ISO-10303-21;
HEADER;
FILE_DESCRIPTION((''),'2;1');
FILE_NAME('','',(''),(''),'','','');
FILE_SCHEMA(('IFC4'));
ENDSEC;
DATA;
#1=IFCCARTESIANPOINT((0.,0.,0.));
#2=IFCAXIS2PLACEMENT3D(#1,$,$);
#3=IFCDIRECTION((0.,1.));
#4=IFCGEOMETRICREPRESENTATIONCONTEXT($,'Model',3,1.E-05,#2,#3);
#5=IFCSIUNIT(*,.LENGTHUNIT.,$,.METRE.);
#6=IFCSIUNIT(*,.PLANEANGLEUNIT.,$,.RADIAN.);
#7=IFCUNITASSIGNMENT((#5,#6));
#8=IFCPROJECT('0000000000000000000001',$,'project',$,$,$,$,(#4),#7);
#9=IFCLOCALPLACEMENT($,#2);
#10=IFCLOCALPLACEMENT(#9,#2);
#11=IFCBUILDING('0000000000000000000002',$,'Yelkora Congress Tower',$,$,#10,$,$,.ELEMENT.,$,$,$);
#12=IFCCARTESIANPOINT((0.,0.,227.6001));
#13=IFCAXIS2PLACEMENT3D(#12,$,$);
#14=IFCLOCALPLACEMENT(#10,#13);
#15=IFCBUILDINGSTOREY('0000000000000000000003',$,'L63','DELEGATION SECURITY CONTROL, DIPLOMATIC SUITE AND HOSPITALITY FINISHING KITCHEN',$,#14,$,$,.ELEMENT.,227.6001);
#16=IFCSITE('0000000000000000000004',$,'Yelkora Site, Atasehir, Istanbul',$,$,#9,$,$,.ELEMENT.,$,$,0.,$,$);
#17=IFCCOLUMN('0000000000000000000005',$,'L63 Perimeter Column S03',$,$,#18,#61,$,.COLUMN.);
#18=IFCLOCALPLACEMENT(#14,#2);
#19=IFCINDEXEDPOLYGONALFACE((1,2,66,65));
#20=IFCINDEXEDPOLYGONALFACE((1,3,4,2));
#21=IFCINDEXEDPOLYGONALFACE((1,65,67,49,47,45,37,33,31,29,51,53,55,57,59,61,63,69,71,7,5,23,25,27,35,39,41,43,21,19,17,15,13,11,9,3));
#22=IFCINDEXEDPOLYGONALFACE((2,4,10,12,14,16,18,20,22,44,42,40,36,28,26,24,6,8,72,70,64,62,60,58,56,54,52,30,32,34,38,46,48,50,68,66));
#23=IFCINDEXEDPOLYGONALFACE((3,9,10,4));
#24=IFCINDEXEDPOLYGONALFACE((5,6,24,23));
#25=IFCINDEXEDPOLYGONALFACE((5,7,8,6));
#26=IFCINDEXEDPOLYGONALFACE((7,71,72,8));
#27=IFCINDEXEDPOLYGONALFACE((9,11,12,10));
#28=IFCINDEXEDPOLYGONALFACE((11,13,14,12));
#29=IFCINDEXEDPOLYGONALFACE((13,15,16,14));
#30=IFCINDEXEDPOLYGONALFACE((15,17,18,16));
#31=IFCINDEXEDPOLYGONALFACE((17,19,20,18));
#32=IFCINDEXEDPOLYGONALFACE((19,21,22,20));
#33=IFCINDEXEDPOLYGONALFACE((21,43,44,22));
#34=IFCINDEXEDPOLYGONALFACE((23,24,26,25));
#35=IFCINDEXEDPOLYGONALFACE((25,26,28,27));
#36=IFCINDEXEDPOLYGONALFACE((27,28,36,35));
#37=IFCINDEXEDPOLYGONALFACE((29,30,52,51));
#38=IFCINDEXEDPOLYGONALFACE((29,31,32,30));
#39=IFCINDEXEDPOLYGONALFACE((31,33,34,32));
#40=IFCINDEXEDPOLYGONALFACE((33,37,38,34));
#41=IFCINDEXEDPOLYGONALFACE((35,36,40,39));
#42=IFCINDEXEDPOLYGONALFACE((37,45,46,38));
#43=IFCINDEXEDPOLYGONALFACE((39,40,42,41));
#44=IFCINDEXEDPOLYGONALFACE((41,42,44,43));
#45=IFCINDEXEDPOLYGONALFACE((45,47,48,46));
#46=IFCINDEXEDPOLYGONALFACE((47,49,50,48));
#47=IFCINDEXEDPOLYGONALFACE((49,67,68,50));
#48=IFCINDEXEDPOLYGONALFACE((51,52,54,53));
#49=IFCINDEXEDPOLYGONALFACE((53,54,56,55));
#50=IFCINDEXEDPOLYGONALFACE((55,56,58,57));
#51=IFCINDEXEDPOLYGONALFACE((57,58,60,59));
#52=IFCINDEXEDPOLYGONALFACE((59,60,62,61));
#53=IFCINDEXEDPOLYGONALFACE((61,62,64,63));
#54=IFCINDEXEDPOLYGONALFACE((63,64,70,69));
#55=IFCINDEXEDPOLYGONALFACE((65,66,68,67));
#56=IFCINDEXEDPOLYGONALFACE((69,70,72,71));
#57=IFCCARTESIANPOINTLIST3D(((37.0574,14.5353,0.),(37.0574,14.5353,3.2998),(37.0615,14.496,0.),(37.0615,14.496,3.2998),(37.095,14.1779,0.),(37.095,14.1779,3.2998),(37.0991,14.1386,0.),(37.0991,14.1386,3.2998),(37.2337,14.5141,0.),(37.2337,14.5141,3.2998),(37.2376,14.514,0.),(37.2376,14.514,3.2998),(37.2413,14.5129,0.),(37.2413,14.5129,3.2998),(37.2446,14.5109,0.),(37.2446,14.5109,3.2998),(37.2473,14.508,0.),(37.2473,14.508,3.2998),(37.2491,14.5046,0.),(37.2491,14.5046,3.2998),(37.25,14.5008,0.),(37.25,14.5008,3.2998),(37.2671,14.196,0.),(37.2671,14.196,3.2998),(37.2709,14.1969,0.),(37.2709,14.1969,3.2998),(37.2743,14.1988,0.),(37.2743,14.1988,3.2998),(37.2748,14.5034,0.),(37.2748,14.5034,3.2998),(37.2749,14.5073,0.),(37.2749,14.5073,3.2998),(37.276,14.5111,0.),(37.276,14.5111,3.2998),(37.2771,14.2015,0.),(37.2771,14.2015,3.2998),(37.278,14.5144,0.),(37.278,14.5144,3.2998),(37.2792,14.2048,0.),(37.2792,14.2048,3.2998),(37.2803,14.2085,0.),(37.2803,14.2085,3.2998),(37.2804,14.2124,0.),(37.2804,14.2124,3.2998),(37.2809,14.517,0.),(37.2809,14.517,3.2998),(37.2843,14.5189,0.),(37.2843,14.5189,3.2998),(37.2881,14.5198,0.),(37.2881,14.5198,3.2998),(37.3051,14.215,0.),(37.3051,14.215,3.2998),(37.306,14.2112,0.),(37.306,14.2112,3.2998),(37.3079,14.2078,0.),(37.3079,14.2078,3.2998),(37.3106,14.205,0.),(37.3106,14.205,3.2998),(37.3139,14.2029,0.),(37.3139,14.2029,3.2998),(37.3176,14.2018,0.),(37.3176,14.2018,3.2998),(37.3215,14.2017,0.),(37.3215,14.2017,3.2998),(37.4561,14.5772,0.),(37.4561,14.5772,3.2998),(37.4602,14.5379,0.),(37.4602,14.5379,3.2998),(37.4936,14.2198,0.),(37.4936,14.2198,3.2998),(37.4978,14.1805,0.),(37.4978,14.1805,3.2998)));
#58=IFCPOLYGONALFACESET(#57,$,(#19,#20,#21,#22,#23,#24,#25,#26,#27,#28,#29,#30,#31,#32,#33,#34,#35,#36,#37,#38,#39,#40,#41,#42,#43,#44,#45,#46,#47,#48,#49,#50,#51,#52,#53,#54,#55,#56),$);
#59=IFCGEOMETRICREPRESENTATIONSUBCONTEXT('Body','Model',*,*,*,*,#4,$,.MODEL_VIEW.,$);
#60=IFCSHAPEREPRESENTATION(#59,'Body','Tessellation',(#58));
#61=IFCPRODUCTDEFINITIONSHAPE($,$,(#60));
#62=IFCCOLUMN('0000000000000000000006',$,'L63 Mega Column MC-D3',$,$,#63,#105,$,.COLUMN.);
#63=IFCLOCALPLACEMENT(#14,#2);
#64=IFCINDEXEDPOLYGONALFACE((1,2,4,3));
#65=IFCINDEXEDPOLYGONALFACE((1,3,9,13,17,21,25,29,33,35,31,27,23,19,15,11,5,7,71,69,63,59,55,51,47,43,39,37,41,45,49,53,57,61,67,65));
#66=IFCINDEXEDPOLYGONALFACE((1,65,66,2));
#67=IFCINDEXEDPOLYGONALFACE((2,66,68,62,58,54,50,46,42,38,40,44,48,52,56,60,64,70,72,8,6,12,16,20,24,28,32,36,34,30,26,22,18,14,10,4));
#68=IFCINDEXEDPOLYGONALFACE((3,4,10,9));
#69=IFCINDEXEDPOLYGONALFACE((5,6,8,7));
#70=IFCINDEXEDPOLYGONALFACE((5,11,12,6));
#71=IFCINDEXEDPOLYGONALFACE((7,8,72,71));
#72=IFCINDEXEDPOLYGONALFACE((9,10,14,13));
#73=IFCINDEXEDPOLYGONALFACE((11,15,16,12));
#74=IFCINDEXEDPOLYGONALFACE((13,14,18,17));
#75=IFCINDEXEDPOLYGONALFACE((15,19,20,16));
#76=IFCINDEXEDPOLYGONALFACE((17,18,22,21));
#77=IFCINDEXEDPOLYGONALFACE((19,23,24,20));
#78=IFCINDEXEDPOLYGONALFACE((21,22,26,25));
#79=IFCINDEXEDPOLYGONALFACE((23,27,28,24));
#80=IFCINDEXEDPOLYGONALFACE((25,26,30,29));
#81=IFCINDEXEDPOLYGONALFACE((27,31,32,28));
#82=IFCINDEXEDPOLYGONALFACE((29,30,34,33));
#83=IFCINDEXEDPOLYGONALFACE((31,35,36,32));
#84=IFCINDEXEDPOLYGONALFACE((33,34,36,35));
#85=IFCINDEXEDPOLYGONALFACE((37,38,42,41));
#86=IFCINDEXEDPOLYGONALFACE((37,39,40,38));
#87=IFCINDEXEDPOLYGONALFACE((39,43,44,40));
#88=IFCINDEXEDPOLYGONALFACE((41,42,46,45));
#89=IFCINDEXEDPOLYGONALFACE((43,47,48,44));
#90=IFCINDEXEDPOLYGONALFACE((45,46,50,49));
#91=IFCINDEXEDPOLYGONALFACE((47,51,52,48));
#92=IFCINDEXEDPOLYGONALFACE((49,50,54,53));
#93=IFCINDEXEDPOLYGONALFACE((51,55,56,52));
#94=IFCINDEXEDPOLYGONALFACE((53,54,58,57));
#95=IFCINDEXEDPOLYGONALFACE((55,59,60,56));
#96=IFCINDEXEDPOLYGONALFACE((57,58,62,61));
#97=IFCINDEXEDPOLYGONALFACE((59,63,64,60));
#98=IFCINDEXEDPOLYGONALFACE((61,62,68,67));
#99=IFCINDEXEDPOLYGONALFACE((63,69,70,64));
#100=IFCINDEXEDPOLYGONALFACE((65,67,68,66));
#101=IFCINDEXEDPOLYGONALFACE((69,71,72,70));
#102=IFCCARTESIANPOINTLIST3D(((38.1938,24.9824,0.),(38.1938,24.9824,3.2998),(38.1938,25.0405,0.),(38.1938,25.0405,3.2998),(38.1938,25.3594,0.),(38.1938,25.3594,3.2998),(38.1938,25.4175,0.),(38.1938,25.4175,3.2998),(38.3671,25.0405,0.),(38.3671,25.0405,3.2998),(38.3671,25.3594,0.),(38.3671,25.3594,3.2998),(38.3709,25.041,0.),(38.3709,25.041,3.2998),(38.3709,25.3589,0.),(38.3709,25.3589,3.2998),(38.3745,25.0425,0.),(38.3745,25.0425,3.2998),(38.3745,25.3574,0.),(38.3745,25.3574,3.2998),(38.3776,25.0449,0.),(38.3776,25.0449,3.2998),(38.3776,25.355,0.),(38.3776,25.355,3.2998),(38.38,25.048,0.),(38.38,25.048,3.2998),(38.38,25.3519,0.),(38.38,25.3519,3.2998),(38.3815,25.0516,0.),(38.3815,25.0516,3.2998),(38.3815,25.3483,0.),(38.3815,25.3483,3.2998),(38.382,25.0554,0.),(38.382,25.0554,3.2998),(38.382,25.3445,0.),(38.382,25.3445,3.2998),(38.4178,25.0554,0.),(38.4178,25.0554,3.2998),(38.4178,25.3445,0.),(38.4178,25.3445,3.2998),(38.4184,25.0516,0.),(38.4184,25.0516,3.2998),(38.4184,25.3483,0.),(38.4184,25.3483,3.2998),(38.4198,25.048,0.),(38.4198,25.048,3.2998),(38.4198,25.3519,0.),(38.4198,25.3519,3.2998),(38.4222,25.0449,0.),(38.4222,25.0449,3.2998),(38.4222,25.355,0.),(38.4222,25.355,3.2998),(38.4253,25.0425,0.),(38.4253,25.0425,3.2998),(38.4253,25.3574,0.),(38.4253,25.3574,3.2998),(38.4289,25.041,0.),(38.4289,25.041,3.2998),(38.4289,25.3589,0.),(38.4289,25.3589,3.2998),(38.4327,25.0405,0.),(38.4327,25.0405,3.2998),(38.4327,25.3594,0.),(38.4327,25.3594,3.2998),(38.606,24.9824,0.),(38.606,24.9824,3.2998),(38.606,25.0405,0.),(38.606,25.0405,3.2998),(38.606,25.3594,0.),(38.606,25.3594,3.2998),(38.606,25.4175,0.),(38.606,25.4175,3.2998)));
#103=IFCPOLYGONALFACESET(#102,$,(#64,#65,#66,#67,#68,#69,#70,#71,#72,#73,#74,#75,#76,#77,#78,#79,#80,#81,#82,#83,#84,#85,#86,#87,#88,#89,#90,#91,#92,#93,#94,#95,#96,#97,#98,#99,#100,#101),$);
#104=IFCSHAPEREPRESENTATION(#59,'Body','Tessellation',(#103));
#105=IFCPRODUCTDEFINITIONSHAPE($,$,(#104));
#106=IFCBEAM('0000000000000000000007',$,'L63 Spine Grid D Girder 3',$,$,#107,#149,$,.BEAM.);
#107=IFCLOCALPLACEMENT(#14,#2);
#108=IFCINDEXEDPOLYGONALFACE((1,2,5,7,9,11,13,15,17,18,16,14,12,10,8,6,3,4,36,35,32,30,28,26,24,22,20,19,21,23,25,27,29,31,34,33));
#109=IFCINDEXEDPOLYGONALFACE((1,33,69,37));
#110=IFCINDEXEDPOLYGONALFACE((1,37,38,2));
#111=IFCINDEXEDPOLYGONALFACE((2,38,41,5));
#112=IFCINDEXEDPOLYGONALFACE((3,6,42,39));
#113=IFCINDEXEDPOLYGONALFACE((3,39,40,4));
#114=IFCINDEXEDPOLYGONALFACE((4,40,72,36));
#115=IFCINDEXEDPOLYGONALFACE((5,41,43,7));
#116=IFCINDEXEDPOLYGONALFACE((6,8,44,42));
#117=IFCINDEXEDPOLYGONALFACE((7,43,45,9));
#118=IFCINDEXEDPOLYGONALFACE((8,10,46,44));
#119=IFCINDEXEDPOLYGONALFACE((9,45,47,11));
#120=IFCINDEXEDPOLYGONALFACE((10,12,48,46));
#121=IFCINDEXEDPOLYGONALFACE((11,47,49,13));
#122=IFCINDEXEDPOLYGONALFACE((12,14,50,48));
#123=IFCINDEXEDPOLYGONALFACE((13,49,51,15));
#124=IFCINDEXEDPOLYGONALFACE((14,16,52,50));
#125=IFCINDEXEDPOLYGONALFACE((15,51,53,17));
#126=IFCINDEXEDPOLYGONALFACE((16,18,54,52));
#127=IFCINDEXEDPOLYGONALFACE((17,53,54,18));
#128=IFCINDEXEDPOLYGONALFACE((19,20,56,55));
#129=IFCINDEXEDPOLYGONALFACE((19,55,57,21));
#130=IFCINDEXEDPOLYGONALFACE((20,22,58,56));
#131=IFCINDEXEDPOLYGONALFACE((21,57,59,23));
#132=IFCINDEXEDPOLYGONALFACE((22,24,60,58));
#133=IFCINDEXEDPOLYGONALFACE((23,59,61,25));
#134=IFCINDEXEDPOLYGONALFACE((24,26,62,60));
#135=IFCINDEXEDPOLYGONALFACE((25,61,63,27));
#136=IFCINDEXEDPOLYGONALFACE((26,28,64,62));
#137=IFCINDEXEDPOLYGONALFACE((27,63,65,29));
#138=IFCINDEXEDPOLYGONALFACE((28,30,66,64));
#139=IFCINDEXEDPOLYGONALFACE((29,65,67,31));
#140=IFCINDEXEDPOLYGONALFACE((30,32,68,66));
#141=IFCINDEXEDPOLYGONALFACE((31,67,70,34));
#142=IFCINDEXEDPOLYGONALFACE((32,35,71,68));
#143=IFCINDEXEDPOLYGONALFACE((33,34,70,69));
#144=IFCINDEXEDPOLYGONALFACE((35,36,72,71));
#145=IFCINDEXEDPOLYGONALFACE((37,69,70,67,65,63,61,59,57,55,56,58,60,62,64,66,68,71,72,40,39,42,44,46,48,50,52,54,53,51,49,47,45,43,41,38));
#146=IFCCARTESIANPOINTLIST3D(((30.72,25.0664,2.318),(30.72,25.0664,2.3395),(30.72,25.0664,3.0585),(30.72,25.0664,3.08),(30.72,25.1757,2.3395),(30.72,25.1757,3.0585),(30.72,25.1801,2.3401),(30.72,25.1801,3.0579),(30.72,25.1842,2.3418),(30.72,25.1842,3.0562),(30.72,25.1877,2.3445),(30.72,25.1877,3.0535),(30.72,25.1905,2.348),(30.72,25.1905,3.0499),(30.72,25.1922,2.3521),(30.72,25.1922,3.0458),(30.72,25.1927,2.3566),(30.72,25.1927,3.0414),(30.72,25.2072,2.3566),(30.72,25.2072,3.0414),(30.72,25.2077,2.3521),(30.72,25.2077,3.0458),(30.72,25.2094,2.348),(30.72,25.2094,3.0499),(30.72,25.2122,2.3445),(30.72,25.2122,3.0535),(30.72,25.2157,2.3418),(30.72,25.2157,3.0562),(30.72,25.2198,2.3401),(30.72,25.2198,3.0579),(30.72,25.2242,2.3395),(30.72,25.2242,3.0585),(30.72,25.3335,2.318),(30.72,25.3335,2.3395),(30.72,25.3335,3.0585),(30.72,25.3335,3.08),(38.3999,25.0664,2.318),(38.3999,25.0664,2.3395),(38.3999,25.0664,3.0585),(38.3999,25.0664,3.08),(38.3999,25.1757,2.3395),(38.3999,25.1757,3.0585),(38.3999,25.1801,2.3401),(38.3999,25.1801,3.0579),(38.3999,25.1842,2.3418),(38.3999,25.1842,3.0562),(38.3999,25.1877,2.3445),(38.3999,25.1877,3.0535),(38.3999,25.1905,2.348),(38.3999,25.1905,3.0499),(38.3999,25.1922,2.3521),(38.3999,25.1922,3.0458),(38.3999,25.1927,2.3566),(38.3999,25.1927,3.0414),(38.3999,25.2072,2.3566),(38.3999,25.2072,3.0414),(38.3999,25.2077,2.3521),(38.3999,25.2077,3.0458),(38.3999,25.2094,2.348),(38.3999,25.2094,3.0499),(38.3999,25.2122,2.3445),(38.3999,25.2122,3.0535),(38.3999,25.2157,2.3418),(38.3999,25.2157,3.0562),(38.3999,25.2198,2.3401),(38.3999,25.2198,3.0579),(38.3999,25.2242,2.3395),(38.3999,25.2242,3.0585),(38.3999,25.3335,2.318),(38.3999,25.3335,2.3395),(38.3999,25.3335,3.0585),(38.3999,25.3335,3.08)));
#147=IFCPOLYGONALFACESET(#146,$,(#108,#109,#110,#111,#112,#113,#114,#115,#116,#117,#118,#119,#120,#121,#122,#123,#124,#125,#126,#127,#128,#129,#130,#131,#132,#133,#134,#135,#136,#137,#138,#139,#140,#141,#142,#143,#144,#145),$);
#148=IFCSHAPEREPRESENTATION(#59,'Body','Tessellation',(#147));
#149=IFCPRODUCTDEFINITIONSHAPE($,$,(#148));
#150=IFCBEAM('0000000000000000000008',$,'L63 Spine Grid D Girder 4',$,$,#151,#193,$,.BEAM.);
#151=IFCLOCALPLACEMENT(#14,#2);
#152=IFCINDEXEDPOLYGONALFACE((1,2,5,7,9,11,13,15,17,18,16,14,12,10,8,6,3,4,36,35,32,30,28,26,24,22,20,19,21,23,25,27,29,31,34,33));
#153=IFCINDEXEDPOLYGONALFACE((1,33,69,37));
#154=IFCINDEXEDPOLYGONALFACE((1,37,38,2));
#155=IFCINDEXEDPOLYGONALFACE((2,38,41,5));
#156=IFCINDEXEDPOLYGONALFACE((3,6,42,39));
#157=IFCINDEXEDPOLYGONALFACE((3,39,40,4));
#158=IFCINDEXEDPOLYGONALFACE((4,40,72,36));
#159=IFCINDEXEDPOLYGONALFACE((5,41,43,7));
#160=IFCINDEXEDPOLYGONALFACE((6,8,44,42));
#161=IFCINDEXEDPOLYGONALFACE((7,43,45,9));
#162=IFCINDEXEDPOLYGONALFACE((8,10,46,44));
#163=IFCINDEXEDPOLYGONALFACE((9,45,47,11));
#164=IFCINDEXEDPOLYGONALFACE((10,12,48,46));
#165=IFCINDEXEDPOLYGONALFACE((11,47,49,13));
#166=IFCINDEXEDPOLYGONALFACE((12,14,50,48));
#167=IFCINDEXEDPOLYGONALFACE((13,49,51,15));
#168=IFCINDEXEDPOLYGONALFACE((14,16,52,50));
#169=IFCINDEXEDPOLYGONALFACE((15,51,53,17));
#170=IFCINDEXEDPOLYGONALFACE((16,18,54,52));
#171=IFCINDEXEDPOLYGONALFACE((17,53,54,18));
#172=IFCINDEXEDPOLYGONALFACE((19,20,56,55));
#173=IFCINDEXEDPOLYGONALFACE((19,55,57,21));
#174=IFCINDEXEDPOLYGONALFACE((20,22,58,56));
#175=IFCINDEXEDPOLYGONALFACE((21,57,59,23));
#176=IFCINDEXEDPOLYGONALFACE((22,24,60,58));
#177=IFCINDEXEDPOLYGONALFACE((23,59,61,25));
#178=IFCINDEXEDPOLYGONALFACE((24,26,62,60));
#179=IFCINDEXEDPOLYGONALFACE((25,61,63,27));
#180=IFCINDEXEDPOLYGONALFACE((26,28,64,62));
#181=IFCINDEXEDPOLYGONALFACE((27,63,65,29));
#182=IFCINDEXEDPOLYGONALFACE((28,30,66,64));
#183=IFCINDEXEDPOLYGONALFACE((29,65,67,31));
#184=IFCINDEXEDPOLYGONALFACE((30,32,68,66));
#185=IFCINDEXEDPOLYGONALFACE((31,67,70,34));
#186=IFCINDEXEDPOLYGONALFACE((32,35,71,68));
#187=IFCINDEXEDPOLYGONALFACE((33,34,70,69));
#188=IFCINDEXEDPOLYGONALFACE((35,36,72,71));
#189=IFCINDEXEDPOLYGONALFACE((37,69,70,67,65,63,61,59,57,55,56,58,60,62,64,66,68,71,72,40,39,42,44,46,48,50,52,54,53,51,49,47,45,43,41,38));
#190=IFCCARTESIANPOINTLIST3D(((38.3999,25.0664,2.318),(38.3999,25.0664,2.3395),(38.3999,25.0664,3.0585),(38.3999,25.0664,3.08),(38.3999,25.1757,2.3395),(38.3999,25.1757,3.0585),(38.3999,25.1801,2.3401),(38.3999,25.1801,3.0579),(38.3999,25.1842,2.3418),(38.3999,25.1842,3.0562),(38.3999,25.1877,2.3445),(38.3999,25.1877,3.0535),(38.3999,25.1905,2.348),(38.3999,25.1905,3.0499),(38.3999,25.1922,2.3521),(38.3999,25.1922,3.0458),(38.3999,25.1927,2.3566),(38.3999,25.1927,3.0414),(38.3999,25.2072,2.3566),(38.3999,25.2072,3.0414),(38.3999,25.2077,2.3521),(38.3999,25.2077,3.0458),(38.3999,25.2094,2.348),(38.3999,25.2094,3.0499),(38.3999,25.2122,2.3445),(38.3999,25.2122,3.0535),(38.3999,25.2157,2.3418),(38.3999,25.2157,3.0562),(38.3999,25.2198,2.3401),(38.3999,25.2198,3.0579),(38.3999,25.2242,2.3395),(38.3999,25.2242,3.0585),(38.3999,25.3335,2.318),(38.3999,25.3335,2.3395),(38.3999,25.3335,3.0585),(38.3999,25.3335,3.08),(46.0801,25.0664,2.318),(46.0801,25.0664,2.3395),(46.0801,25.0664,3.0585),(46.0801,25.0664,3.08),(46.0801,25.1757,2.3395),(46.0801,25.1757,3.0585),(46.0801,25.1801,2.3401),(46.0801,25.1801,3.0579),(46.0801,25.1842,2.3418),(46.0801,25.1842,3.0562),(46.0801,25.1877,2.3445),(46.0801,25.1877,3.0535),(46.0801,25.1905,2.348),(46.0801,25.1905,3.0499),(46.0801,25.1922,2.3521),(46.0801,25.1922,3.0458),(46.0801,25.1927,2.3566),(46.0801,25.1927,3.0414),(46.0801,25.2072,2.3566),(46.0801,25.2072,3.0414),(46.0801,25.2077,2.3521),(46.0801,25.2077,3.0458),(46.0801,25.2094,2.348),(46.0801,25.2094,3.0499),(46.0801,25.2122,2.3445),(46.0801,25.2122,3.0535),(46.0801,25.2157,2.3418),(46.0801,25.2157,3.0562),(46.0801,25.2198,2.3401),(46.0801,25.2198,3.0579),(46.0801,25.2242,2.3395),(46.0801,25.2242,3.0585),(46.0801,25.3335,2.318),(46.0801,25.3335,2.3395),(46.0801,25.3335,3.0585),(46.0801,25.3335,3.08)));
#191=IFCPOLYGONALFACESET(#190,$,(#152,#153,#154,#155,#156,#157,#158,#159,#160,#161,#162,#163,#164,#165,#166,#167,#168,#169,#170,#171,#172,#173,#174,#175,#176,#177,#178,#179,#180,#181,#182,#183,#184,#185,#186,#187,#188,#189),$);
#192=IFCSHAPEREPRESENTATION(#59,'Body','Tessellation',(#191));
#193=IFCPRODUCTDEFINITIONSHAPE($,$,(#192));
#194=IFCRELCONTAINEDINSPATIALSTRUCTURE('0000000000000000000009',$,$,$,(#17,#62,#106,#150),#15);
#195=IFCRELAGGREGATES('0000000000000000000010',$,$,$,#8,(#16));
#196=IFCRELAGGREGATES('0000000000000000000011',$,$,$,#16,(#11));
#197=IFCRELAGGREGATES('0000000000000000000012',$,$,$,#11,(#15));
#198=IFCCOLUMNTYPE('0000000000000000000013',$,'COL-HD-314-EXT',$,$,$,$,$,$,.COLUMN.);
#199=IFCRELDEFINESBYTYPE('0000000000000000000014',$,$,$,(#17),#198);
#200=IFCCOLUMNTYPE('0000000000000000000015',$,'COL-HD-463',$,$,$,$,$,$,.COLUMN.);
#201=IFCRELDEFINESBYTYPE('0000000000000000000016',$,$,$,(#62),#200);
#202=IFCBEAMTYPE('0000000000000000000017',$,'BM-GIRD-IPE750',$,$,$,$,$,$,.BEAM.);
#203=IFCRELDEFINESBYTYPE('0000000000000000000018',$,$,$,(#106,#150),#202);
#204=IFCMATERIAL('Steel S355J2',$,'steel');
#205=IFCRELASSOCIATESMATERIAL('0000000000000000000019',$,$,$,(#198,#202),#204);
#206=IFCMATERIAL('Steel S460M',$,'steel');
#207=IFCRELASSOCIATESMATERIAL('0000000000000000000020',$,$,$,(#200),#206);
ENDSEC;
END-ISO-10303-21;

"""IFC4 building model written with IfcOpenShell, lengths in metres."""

from ifc_helpers import new_model, si_unit, direction, frame, origin, origin_2d, place, context, subcontext, project, spatial, i_section, extrude, material, material_profile, profile_set, type_object, element, save


model = new_model("IFC4")

# Units and contexts
model_context = context("Model", 3, precision=1e-05, world=origin(), true_north=direction((0.0, 1.0)))
body_context = subcontext(model_context, "Body", "Model", "MODEL_VIEW")
ifc_project = project(units=[si_unit("LENGTHUNIT", "METRE"), si_unit("PLANEANGLEUNIT", "RADIAN")], contexts=[model_context])

# Site, building, storey
site_placement = place(None, origin())
site = spatial("IfcSite", under=ifc_project, at=site_placement, Name="Yelkora Site, Atasehir, Istanbul", CompositionType="ELEMENT", RefElevation=0.0)
building_placement = place(site_placement, origin())
building = spatial("IfcBuilding", under=site, at=building_placement, Name="Yelkora Congress Tower", CompositionType="ELEMENT")
storey_placement = place(building_placement, frame((0.0, 0.0, 227.6001)))
storey = spatial("IfcBuildingStorey", under=building, at=storey_placement, Name="L63", Description="DELEGATION SECURITY CONTROL, DIPLOMATIC SUITE AND HOSPITALITY FINISHING KITCHEN", CompositionType="ELEMENT", Elevation=227.6001)

# Columns
ifc_material_1 = material(Name="Steel S355J2", Category="steel")
ifc_material_profile_1 = material_profile(ifc_material_1, i_section(OverallWidth=0.4009, OverallDepth=0.3989, WebThickness=0.0249, FlangeThickness=0.0396, FilletRadius=0.0149, at=origin_2d()), Name="HD 400x314")
ifc_profile_set_1 = profile_set([ifc_material_profile_1], Name="Steel S355J2")
column_type_1 = type_object("IfcColumnType", Name="COL-HD-314-EXT", PredefinedType="COLUMN", material=ifc_profile_set_1)
column_1_placement = place(storey_placement, frame((37.2776, 14.3579, 0.0), z_axis=(0.0, 0.0, 1.0), x_axis=(0.994522, 0.104528, 0.0)))
element("IfcColumn", 1, at=column_1_placement, inside=storey, type_object=column_type_1, Name="L63 Perimeter Column S03", PredefinedType="COLUMN", context=body_context, shape_type="SweptSolid", body=[
    extrude(i_section(OverallWidth=0.4009, OverallDepth=0.3989, WebThickness=0.0249, FlangeThickness=0.0396, FilletRadius=0.0149, at=origin_2d()), origin(), (0.0, 0.0, 1.0), 3.2998),
])
ifc_material_2 = material(Name="Steel S460M", Category="steel")
ifc_material_profile_2 = material_profile(ifc_material_2, i_section(OverallWidth=0.4121, OverallDepth=0.4351, WebThickness=0.0359, FlangeThickness=0.0581, FilletRadius=0.0149, at=origin_2d()), Name="HD 400x463")
ifc_profile_set_2 = profile_set([ifc_material_profile_2], Name="Steel S460M")
column_type_2 = type_object("IfcColumnType", Name="COL-HD-463", PredefinedType="COLUMN", material=ifc_profile_set_2)
column_2_placement = place(storey_placement, frame((38.3999, 25.2, 0.0), z_axis=(0.0, 0.0, 1.0), x_axis=(1.0, 0.0, 0.0)))
element("IfcColumn", 2, at=column_2_placement, inside=storey, type_object=column_type_2, Name="L63 Mega Column MC-D3", PredefinedType="COLUMN", context=body_context, shape_type="SweptSolid", body=[
    extrude(i_section(OverallWidth=0.4121, OverallDepth=0.4351, WebThickness=0.0359, FlangeThickness=0.0581, FilletRadius=0.0149, at=origin_2d()), origin(), (0.0, 0.0, 1.0), 3.2998),
])

# Beams
ifc_material_profile_3 = material_profile(ifc_material_1, i_section(OverallWidth=0.2671, OverallDepth=0.762, WebThickness=0.0144, FlangeThickness=0.0215, FilletRadius=0.0171, at=origin_2d()), Name="IPE 750x173")
ifc_profile_set_3 = profile_set([ifc_material_profile_3], Name="Steel S355J2")
beam_type_1 = type_object("IfcBeamType", Name="BM-GIRD-IPE750", PredefinedType="BEAM", material=ifc_profile_set_3)
beam_1_placement = place(storey_placement, frame((30.72, 25.2, 2.699), z_axis=(1.0, 0.0, 0.0), x_axis=(0.0, 1.0, 0.0)))
element("IfcBeam", 3, at=beam_1_placement, inside=storey, type_object=beam_type_1, Name="L63 Spine Grid D Girder 3", PredefinedType="BEAM", context=body_context, shape_type="SweptSolid", body=[
    extrude(i_section(OverallWidth=0.2671, OverallDepth=0.762, WebThickness=0.0144, FlangeThickness=0.0215, FilletRadius=0.0171, at=origin_2d()), origin(), (0.0, 0.0, 1.0), 7.6799),
])
beam_2_placement = place(storey_placement, frame((38.3999, 25.2, 2.699), z_axis=(1.0, 0.0, 0.0), x_axis=(0.0, 1.0, 0.0)))
element("IfcBeam", 4, at=beam_2_placement, inside=storey, type_object=beam_type_1, Name="L63 Spine Grid D Girder 4", PredefinedType="BEAM", context=body_context, shape_type="SweptSolid", body=[
    extrude(i_section(OverallWidth=0.2671, OverallDepth=0.762, WebThickness=0.0144, FlangeThickness=0.0215, FilletRadius=0.0171, at=origin_2d()), origin(), (0.0, 0.0, 1.0), 7.6802),
])

save(model, "model.ifc")
